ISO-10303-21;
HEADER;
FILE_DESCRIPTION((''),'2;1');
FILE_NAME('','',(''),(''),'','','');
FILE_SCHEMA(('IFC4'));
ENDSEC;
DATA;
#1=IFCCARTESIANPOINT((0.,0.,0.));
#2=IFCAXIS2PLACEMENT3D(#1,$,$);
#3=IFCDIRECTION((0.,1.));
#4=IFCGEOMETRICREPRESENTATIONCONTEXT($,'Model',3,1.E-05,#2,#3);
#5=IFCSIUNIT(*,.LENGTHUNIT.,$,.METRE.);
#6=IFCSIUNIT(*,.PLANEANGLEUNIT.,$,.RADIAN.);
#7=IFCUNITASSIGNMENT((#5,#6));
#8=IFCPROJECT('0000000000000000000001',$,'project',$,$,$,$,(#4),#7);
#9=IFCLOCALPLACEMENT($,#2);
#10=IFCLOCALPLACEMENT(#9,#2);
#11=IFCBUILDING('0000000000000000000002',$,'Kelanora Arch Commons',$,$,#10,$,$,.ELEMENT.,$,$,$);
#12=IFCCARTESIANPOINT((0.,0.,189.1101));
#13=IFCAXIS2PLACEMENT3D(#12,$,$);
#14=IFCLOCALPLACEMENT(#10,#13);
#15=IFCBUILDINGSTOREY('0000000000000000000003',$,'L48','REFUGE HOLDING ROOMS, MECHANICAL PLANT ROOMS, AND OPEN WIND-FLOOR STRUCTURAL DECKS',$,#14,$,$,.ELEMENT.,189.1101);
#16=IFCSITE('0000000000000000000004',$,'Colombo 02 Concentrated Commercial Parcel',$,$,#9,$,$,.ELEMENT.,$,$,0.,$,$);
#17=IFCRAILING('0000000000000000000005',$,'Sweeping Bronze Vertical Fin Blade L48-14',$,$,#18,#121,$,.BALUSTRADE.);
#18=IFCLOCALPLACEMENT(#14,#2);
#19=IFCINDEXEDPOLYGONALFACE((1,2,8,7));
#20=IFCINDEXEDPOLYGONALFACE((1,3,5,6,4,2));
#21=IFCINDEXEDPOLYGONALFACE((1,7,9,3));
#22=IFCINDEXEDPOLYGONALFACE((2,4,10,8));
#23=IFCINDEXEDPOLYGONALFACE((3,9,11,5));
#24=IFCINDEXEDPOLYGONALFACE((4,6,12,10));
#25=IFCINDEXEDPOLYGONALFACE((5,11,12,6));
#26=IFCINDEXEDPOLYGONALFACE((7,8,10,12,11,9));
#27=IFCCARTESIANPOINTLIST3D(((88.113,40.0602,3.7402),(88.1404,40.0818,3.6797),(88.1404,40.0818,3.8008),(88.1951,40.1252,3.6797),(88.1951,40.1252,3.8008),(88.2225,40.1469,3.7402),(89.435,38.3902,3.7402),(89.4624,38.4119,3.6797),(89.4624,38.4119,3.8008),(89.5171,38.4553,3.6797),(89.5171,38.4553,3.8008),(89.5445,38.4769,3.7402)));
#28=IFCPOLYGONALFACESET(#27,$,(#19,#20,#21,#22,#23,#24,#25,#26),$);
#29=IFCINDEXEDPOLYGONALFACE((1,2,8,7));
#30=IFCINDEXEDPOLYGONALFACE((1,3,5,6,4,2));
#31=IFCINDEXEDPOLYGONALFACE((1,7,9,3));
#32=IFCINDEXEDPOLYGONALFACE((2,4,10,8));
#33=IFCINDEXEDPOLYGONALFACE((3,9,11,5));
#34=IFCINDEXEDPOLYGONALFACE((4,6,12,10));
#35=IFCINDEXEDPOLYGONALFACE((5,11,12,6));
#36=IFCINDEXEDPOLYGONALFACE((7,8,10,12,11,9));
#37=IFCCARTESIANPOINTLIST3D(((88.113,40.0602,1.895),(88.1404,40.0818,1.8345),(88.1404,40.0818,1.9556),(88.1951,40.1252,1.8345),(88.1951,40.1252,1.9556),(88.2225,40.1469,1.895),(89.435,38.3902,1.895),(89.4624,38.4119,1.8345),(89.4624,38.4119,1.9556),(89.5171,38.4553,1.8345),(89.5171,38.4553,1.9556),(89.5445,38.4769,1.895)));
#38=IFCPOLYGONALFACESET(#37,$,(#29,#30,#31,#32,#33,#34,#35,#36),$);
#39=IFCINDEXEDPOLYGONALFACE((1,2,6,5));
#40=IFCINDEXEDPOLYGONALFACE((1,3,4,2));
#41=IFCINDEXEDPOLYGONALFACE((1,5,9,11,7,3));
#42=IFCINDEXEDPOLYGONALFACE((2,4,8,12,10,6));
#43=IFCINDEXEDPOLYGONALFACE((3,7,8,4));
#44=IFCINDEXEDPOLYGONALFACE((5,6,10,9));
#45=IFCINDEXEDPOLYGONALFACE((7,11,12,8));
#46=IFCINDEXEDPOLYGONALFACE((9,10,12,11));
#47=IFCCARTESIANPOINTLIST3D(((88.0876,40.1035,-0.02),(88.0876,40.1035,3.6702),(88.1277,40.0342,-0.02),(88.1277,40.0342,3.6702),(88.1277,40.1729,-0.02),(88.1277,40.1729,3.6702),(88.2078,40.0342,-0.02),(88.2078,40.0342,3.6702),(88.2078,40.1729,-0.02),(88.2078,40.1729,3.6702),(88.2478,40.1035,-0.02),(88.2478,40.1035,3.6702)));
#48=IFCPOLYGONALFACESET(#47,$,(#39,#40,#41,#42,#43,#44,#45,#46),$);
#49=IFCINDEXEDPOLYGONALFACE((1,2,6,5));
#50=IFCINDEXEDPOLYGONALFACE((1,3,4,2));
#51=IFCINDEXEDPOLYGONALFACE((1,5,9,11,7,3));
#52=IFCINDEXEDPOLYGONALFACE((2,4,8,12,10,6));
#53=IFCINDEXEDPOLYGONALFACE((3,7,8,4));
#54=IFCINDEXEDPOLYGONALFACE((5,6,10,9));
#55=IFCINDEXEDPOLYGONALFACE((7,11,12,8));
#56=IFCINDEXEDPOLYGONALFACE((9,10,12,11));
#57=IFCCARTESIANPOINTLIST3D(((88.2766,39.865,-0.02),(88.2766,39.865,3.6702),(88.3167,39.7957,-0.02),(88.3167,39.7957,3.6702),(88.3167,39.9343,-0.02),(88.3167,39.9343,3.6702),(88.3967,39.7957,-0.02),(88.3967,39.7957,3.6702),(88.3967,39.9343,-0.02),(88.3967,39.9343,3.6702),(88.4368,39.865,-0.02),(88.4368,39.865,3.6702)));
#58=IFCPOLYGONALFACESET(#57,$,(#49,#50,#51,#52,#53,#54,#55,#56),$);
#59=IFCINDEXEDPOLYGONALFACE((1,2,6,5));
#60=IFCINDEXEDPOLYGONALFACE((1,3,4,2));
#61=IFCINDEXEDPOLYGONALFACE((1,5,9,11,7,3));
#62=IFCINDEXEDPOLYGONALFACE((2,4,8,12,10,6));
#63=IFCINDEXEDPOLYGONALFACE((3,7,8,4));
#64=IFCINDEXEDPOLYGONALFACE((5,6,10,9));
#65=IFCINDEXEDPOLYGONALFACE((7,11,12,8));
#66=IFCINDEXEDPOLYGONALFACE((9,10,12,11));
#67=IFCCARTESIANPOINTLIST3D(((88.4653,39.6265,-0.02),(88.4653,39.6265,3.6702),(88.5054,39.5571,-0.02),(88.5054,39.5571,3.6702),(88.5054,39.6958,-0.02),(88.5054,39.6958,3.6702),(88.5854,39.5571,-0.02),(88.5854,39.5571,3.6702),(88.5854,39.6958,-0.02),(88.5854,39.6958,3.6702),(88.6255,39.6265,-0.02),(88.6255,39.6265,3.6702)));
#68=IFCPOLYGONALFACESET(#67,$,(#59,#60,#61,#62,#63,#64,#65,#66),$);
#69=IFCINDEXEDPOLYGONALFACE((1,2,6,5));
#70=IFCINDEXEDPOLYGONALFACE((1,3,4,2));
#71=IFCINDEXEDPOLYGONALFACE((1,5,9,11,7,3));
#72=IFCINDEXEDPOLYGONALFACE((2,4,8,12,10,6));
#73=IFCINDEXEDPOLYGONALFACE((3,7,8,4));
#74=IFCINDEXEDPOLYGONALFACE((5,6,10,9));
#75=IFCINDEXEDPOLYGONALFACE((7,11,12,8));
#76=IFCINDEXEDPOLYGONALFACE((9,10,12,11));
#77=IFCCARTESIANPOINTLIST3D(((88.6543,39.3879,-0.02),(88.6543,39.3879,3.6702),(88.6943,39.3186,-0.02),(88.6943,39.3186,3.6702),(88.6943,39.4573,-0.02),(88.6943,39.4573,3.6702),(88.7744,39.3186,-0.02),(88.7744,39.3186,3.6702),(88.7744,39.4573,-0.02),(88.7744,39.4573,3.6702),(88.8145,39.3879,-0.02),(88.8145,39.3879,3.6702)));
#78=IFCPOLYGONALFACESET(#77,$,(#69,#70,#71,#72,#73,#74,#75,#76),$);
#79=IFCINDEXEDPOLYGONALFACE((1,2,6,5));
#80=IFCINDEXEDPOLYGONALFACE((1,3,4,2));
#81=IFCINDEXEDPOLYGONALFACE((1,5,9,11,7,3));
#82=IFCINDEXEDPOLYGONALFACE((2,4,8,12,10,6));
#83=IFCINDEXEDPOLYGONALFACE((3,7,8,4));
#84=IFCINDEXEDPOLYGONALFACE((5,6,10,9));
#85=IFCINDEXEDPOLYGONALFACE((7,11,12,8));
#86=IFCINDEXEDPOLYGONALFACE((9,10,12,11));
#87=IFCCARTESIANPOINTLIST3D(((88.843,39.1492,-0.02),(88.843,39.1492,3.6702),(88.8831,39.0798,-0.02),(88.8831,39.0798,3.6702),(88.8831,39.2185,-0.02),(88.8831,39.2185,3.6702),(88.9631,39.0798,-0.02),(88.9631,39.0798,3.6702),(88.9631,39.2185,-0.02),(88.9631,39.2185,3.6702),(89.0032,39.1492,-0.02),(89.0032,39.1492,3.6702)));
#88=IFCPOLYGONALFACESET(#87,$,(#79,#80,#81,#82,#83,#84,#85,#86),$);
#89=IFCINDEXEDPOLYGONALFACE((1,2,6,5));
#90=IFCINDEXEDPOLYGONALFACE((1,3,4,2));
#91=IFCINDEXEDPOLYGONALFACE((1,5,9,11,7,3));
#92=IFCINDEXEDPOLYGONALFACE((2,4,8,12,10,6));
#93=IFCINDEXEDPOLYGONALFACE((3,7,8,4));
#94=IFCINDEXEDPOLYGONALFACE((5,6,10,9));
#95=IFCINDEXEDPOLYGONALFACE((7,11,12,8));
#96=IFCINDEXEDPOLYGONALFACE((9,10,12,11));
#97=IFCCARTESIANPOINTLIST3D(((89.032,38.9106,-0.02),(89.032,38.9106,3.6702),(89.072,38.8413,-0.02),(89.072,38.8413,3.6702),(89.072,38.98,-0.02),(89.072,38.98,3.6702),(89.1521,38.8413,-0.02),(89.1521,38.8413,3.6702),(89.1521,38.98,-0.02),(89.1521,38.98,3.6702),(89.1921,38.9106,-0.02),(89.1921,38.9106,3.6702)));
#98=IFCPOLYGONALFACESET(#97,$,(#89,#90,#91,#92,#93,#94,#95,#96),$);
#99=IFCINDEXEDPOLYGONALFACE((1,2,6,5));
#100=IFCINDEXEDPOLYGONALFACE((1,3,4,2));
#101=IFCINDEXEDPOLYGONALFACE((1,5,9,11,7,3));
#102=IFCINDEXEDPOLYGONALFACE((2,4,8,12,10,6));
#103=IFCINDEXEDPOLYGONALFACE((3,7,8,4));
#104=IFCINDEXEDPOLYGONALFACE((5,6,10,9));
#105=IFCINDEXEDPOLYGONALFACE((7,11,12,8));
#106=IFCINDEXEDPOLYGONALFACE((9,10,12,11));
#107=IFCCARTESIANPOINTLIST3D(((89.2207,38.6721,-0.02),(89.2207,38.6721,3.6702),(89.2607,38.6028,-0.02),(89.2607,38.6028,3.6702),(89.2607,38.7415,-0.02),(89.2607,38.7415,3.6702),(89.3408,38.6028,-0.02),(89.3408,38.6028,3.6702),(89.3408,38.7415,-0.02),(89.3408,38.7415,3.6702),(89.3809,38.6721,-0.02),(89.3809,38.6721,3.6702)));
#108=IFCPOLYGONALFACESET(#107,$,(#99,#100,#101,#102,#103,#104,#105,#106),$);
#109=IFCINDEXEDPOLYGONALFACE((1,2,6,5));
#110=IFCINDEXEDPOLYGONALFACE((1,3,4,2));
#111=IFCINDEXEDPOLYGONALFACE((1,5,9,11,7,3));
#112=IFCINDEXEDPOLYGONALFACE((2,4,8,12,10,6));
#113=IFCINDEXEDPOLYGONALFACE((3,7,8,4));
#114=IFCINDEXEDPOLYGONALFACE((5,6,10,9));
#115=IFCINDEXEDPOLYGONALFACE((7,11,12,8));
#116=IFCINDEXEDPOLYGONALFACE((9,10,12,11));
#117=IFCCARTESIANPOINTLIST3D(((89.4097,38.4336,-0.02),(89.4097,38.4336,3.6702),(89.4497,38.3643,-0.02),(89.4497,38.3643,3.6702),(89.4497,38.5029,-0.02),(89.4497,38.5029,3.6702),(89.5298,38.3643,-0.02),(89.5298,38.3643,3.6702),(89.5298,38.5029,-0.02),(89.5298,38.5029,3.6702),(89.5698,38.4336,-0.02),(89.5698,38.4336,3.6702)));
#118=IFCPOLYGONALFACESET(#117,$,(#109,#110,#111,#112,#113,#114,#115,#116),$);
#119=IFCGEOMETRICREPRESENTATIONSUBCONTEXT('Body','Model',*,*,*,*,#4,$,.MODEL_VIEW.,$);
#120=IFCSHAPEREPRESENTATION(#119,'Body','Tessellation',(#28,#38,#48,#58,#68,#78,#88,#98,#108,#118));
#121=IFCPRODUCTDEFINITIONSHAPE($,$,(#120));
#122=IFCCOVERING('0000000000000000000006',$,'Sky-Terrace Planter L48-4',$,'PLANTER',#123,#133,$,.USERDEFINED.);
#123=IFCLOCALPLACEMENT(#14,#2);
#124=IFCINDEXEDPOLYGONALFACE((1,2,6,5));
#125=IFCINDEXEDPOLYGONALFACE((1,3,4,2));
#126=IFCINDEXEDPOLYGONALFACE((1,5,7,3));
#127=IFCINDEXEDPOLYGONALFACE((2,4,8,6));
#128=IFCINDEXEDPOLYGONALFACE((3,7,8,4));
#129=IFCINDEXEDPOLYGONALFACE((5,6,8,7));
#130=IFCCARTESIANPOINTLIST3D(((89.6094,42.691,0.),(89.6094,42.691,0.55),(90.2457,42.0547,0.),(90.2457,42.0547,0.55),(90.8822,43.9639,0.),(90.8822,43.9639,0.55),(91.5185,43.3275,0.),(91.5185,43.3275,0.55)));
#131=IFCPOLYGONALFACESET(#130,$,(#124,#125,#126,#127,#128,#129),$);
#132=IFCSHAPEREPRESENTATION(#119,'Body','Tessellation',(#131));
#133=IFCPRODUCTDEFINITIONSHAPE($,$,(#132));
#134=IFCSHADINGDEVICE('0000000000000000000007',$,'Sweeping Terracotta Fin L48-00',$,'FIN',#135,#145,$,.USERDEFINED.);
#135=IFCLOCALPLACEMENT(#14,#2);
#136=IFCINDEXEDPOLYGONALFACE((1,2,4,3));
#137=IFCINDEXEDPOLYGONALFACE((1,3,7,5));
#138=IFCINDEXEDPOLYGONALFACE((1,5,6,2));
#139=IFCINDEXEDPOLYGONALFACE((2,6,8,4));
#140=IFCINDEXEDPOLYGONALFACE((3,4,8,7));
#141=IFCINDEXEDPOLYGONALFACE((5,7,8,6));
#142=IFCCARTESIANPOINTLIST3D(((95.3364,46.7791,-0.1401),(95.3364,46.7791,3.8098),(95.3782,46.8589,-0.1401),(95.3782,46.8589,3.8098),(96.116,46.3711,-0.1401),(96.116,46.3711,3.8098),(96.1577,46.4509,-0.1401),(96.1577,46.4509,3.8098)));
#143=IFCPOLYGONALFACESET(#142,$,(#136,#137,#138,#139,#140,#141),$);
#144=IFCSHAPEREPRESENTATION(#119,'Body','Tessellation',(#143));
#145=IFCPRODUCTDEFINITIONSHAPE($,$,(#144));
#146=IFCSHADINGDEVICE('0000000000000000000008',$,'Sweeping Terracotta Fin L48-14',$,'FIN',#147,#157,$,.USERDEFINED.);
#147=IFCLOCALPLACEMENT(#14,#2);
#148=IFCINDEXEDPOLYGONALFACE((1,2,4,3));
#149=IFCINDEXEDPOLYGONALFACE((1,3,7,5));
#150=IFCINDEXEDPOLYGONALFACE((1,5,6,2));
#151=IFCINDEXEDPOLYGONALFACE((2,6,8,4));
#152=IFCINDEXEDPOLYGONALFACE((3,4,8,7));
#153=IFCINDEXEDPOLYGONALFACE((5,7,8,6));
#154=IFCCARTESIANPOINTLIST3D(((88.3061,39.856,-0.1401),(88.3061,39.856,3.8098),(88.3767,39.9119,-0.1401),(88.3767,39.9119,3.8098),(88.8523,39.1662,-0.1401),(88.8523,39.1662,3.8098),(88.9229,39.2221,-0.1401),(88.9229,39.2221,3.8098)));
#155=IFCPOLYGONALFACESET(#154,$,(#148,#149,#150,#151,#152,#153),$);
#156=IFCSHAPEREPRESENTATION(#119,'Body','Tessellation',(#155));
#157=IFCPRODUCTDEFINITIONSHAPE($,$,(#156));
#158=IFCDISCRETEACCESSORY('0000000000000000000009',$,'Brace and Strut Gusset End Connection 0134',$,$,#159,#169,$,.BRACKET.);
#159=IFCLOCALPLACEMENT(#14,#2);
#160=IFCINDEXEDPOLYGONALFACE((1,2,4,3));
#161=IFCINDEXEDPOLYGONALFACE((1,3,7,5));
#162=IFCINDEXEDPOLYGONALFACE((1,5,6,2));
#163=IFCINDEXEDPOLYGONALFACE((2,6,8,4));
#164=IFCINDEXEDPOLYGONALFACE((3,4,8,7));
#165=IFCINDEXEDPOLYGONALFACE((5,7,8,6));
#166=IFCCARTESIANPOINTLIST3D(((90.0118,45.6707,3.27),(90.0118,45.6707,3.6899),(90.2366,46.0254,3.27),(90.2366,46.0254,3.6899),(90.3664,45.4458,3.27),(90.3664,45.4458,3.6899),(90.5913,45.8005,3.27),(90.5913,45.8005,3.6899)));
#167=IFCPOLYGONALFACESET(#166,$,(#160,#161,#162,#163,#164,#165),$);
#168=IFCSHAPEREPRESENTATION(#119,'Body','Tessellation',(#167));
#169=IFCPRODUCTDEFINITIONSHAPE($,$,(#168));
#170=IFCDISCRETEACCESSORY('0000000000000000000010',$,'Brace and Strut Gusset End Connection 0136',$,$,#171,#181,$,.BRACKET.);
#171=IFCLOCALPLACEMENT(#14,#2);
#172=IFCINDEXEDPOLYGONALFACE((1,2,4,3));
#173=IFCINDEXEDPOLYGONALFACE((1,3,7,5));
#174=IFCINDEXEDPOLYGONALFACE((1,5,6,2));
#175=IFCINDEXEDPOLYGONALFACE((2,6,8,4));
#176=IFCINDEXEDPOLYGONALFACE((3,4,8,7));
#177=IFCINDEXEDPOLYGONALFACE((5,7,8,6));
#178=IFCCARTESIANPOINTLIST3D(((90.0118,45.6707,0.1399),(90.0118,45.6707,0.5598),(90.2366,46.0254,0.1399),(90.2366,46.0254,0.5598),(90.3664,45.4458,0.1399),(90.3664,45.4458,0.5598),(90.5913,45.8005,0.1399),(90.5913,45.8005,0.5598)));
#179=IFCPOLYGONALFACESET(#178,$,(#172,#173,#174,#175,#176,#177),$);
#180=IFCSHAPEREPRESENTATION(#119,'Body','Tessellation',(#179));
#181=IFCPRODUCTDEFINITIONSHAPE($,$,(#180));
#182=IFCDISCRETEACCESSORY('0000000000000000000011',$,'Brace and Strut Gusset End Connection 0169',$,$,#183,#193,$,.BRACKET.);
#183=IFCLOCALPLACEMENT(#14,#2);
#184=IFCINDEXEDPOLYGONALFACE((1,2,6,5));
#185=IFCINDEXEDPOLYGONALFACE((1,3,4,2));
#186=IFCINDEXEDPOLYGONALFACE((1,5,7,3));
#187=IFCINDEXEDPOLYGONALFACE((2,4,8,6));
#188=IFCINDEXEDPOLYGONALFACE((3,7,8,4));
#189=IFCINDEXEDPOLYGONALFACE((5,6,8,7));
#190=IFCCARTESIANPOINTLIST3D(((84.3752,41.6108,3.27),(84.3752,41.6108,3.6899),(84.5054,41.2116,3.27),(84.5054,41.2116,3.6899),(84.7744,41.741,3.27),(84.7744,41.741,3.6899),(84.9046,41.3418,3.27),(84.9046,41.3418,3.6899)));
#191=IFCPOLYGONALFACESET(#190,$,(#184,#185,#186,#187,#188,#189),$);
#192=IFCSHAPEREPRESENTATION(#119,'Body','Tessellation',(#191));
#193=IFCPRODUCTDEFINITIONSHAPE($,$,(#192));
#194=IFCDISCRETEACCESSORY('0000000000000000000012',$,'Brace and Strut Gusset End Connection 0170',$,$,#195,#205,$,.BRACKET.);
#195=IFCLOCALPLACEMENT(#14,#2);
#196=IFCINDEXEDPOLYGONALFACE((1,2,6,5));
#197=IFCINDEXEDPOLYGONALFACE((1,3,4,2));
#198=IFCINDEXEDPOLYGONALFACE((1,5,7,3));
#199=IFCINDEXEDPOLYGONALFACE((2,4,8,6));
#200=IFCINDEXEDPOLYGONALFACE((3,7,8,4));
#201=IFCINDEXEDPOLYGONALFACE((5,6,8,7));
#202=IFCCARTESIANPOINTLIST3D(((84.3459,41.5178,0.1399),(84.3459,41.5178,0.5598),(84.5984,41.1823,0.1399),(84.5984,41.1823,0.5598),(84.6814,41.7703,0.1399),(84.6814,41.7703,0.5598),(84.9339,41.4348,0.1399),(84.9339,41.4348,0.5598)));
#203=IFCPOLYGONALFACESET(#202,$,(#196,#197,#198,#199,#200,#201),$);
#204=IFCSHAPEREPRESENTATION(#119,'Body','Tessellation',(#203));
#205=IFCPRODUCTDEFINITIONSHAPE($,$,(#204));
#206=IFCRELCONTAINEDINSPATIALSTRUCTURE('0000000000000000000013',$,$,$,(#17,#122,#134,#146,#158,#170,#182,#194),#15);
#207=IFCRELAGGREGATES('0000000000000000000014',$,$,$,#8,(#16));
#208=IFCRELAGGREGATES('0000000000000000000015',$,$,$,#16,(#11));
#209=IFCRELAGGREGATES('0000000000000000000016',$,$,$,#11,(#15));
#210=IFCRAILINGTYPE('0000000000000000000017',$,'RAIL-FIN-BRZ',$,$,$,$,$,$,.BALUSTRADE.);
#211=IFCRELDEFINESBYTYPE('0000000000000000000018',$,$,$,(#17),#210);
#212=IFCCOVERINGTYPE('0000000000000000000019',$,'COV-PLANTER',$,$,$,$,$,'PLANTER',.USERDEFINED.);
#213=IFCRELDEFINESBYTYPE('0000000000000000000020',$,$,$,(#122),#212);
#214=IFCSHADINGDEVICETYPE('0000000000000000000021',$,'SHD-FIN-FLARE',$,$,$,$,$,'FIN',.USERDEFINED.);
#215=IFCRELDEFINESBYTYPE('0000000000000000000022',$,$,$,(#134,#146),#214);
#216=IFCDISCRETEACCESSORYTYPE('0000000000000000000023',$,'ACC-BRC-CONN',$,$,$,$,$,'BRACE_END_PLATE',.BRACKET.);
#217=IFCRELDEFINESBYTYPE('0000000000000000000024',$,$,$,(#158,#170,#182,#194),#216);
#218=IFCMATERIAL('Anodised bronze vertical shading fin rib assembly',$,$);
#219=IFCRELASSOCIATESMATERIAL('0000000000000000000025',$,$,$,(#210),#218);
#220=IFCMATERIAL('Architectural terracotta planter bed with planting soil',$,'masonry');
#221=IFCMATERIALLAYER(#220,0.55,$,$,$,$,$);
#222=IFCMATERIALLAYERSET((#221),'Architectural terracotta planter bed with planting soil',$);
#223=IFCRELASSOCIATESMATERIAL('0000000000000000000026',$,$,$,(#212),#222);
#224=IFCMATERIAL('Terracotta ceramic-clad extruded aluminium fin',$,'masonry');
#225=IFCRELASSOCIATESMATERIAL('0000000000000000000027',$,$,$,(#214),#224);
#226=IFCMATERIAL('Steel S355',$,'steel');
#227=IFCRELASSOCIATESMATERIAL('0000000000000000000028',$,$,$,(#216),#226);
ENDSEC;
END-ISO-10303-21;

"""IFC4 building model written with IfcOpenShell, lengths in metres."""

from ifc_helpers import new_model, si_unit, direction, frame, origin, origin_2d, place, context, subcontext, project, spatial, polyline, rectangle, outline, extrude, source, transform, mapped, material, layer, layer_set, type_object, element, save


model = new_model("IFC4")

# Units and contexts
model_context = context("Model", 3, precision=1e-05, world=origin(), true_north=direction((0.0, 1.0)))
body_context = subcontext(model_context, "Body", "Model", "MODEL_VIEW")
ifc_project = project(units=[si_unit("LENGTHUNIT", "METRE"), si_unit("PLANEANGLEUNIT", "RADIAN")], contexts=[model_context])

# Site, building, storey
site_placement = place(None, origin())
site = spatial("IfcSite", under=ifc_project, at=site_placement, Name="Colombo 02 Concentrated Commercial Parcel", CompositionType="ELEMENT", RefElevation=0.0)
building_placement = place(site_placement, origin())
building = spatial("IfcBuilding", under=site, at=building_placement, Name="Kelanora Arch Commons", CompositionType="ELEMENT")
storey_placement = place(building_placement, frame((0.0, 0.0, 189.1101)))
storey = spatial("IfcBuildingStorey", under=building, at=storey_placement, Name="L48", Description="REFUGE HOLDING ROOMS, MECHANICAL PLANT ROOMS, AND OPEN WIND-FLOOR STRUCTURAL DECKS", CompositionType="ELEMENT", Elevation=189.1101)

# Shared definitions
ifc_material_1 = material(Name="Steel S355", Category="steel")

# Railing
ifc_material_2 = material(Name="Anodised bronze vertical shading fin rib assembly")
railing_type = type_object("IfcRailingType", Name="RAIL-FIN-BRZ", PredefinedType="BALUSTRADE", material=ifc_material_2)
railing_placement = place(storey_placement, frame((88.1677, 40.1035, -0.02)))
element("IfcRailing", 1, at=railing_placement, inside=storey, type_object=railing_type, Name="Sweeping Bronze Vertical Fin Blade L48-14", PredefinedType="BALUSTRADE", context=body_context, shape_type="SweptSolid", body=[
    extrude(outline(polyline([(0.0698, 0.0), (0.0349, 0.0605), (-0.0349, 0.0605), (-0.0698, 0.0), (-0.0349, -0.0605), (0.0349, -0.0605), (0.0698, 0.0)])), frame((0.0, 0.0, 3.7603), z_axis=(0.620703, -0.784046, 0.0), x_axis=(0.784046, 0.620703, 0.0)), (0.0, 0.0, 1.0), 2.1299),
    extrude(outline(polyline([(0.0698, 0.0), (0.0349, 0.0605), (-0.0349, 0.0605), (-0.0698, 0.0), (-0.0349, -0.0605), (0.0349, -0.0605), (0.0698, 0.0)])), frame((0.0, 0.0, 1.915), z_axis=(0.620703, -0.784046, 0.0), x_axis=(0.784046, 0.620703, 0.0)), (0.0, 0.0, 1.0), 2.1299),
    extrude(outline(polyline([(0.0801, 0.0), (0.04, 0.0693), (-0.04, 0.0693), (-0.0801, 0.0), (-0.04, -0.0693), (0.04, -0.0693), (0.0801, 0.0)])), origin(), (0.0, 0.0, 1.0), 3.6902),
    extrude(outline(polyline([(0.0801, 0.0), (0.04, 0.0693), (-0.04, 0.0693), (-0.0801, 0.0), (-0.04, -0.0693), (0.04, -0.0693), (0.0801, 0.0)])), frame((0.189, -0.2385, 0.0)), (0.0, 0.0, 1.0), 3.6902),
    extrude(outline(polyline([(0.0801, 0.0), (0.04, 0.0693), (-0.04, 0.0693), (-0.0801, 0.0), (-0.04, -0.0693), (0.04, -0.0693), (0.0801, 0.0)])), frame((0.3777, -0.4771, 0.0)), (0.0, 0.0, 1.0), 3.6902),
    extrude(outline(polyline([(0.0801, 0.0), (0.04, 0.0693), (-0.04, 0.0693), (-0.0801, 0.0), (-0.04, -0.0693), (0.04, -0.0693), (0.0801, 0.0)])), frame((0.5667, -0.7156, 0.0)), (0.0, 0.0, 1.0), 3.6902),
    extrude(outline(polyline([(0.0801, 0.0), (0.04, 0.0693), (-0.04, 0.0693), (-0.0801, 0.0), (-0.04, -0.0693), (0.04, -0.0693), (0.0801, 0.0)])), frame((0.7554, -0.9543, 0.0)), (0.0, 0.0, 1.0), 3.6902),
    extrude(outline(polyline([(0.0801, 0.0), (0.04, 0.0693), (-0.04, 0.0693), (-0.0801, 0.0), (-0.04, -0.0693), (0.04, -0.0693), (0.0801, 0.0)])), frame((0.9443, -1.1929, 0.0)), (0.0, 0.0, 1.0), 3.6902),
    extrude(outline(polyline([(0.0801, 0.0), (0.04, 0.0693), (-0.04, 0.0693), (-0.0801, 0.0), (-0.04, -0.0693), (0.04, -0.0693), (0.0801, 0.0)])), frame((1.1331, -1.4314, 0.0)), (0.0, 0.0, 1.0), 3.6902),
    extrude(outline(polyline([(0.0801, 0.0), (0.04, 0.0693), (-0.04, 0.0693), (-0.0801, 0.0), (-0.04, -0.0693), (0.04, -0.0693), (0.0801, 0.0)])), frame((1.322, -1.6699, 0.0)), (0.0, 0.0, 1.0), 3.6902),
])

# Covering
ifc_material_3 = material(Name="Architectural terracotta planter bed with planting soil", Category="masonry")
ifc_layer_1 = layer(ifc_material_3, 0.55)
ifc_layer_set_1 = layer_set([ifc_layer_1], Name="Architectural terracotta planter bed with planting soil")
covering_type = type_object("IfcCoveringType", Name="COV-PLANTER", ElementType="PLANTER", PredefinedType="USERDEFINED", material=ifc_layer_set_1)
shared_shape_1 = source(origin(), body_context, "Body", "SweptSolid", [
    extrude(rectangle(XDim=1.8, YDim=0.8999, at=origin_2d()), origin(), (0.0, 0.0, 1.0), 0.55),
])
covering_placement = place(storey_placement, frame((90.564, 43.0093, 0.0), z_axis=(0.0, 0.0, 1.0), x_axis=(0.707107, 0.707107, 0.0)))
element("IfcCovering", 2, at=covering_placement, inside=storey, type_object=covering_type, Name="Sky-Terrace Planter L48-4", ObjectType="PLANTER", PredefinedType="USERDEFINED", context=body_context, shape_type="MappedRepresentation", body=[
    mapped(shared_shape_1, transform((0.0, 0.0, 0.0), scale=1.0)),
])

# Shading devices
ifc_material_4 = material(Name="Terracotta ceramic-clad extruded aluminium fin", Category="masonry")
shading_device_type = type_object("IfcShadingDeviceType", Name="SHD-FIN-FLARE", ElementType="FIN", PredefinedType="USERDEFINED", material=ifc_material_4)
shared_shape_2 = source(origin(), body_context, "Body", "SweptSolid", [
    extrude(rectangle(XDim=0.8799, YDim=0.0901, at=origin_2d()), origin(), (0.0, 0.0, 1.0), 3.95),
])
for number, where, z_axis, x_axis, name in (
    (3, (95.7471, 46.615, -0.1401), (0.0, 0.0, 1.0), (0.885961, -0.46376, 0.0), "Sweeping Terracotta Fin L48-00"),
    (4, (88.6145, 39.5391, -0.1401), (0.0, 0.0, 1.0), (0.620737, -0.784019, 0.0), "Sweeping Terracotta Fin L48-14"),
):
    element("IfcShadingDevice", number, at=place(storey_placement, frame(where, z_axis=z_axis, x_axis=x_axis)), inside=storey, type_object=shading_device_type, Name=name, ObjectType="FIN", PredefinedType="USERDEFINED", context=body_context, shape_type="MappedRepresentation", body=[
        mapped(shared_shape_2, transform((0.0, 0.0, 0.0), scale=1.0)),
    ])

# Discrete accessories
discrete_accessory_type_1 = type_object("IfcDiscreteAccessoryType", Name="ACC-BRC-CONN", ElementType="BRACE_END_PLATE", PredefinedType="BRACKET", material=ifc_material_1)
shared_shape_3 = source(origin(), body_context, "Body", "SweptSolid", [
    extrude(rectangle(XDim=0.4199, YDim=0.4199, at=origin_2d()), origin(), (0.0, 0.0, 1.0), 0.4199),
])
for number, where, z_axis, x_axis, name in (
    (5, (90.3015, 45.7356, 3.27), (0.0, 0.0, 1.0), (0.844515, -0.535532, 0.0), "Brace and Strut Gusset End Connection 0134"),
    (6, (90.3015, 45.7356, 0.1399), (0.0, 0.0, 1.0), (0.844515, -0.535532, 0.0), "Brace and Strut Gusset End Connection 0136"),
    (7, (84.6399, 41.4763, 3.27), (0.0, 0.0, 1.0), (0.950678, 0.310179, 0.0), "Brace and Strut Gusset End Connection 0169"),
    (8, (84.6399, 41.4763, 0.1399), (0.0, 0.0, 1.0), (0.799055, 0.601257, 0.0), "Brace and Strut Gusset End Connection 0170"),
):
    element("IfcDiscreteAccessory", number, at=place(storey_placement, frame(where, z_axis=z_axis, x_axis=x_axis)), inside=storey, type_object=discrete_accessory_type_1, Name=name, PredefinedType="BRACKET", context=body_context, shape_type="MappedRepresentation", body=[
        mapped(shared_shape_3, transform((0.0, 0.0, 0.0), scale=1.0)),
    ])

save(model, "model.ifc")
